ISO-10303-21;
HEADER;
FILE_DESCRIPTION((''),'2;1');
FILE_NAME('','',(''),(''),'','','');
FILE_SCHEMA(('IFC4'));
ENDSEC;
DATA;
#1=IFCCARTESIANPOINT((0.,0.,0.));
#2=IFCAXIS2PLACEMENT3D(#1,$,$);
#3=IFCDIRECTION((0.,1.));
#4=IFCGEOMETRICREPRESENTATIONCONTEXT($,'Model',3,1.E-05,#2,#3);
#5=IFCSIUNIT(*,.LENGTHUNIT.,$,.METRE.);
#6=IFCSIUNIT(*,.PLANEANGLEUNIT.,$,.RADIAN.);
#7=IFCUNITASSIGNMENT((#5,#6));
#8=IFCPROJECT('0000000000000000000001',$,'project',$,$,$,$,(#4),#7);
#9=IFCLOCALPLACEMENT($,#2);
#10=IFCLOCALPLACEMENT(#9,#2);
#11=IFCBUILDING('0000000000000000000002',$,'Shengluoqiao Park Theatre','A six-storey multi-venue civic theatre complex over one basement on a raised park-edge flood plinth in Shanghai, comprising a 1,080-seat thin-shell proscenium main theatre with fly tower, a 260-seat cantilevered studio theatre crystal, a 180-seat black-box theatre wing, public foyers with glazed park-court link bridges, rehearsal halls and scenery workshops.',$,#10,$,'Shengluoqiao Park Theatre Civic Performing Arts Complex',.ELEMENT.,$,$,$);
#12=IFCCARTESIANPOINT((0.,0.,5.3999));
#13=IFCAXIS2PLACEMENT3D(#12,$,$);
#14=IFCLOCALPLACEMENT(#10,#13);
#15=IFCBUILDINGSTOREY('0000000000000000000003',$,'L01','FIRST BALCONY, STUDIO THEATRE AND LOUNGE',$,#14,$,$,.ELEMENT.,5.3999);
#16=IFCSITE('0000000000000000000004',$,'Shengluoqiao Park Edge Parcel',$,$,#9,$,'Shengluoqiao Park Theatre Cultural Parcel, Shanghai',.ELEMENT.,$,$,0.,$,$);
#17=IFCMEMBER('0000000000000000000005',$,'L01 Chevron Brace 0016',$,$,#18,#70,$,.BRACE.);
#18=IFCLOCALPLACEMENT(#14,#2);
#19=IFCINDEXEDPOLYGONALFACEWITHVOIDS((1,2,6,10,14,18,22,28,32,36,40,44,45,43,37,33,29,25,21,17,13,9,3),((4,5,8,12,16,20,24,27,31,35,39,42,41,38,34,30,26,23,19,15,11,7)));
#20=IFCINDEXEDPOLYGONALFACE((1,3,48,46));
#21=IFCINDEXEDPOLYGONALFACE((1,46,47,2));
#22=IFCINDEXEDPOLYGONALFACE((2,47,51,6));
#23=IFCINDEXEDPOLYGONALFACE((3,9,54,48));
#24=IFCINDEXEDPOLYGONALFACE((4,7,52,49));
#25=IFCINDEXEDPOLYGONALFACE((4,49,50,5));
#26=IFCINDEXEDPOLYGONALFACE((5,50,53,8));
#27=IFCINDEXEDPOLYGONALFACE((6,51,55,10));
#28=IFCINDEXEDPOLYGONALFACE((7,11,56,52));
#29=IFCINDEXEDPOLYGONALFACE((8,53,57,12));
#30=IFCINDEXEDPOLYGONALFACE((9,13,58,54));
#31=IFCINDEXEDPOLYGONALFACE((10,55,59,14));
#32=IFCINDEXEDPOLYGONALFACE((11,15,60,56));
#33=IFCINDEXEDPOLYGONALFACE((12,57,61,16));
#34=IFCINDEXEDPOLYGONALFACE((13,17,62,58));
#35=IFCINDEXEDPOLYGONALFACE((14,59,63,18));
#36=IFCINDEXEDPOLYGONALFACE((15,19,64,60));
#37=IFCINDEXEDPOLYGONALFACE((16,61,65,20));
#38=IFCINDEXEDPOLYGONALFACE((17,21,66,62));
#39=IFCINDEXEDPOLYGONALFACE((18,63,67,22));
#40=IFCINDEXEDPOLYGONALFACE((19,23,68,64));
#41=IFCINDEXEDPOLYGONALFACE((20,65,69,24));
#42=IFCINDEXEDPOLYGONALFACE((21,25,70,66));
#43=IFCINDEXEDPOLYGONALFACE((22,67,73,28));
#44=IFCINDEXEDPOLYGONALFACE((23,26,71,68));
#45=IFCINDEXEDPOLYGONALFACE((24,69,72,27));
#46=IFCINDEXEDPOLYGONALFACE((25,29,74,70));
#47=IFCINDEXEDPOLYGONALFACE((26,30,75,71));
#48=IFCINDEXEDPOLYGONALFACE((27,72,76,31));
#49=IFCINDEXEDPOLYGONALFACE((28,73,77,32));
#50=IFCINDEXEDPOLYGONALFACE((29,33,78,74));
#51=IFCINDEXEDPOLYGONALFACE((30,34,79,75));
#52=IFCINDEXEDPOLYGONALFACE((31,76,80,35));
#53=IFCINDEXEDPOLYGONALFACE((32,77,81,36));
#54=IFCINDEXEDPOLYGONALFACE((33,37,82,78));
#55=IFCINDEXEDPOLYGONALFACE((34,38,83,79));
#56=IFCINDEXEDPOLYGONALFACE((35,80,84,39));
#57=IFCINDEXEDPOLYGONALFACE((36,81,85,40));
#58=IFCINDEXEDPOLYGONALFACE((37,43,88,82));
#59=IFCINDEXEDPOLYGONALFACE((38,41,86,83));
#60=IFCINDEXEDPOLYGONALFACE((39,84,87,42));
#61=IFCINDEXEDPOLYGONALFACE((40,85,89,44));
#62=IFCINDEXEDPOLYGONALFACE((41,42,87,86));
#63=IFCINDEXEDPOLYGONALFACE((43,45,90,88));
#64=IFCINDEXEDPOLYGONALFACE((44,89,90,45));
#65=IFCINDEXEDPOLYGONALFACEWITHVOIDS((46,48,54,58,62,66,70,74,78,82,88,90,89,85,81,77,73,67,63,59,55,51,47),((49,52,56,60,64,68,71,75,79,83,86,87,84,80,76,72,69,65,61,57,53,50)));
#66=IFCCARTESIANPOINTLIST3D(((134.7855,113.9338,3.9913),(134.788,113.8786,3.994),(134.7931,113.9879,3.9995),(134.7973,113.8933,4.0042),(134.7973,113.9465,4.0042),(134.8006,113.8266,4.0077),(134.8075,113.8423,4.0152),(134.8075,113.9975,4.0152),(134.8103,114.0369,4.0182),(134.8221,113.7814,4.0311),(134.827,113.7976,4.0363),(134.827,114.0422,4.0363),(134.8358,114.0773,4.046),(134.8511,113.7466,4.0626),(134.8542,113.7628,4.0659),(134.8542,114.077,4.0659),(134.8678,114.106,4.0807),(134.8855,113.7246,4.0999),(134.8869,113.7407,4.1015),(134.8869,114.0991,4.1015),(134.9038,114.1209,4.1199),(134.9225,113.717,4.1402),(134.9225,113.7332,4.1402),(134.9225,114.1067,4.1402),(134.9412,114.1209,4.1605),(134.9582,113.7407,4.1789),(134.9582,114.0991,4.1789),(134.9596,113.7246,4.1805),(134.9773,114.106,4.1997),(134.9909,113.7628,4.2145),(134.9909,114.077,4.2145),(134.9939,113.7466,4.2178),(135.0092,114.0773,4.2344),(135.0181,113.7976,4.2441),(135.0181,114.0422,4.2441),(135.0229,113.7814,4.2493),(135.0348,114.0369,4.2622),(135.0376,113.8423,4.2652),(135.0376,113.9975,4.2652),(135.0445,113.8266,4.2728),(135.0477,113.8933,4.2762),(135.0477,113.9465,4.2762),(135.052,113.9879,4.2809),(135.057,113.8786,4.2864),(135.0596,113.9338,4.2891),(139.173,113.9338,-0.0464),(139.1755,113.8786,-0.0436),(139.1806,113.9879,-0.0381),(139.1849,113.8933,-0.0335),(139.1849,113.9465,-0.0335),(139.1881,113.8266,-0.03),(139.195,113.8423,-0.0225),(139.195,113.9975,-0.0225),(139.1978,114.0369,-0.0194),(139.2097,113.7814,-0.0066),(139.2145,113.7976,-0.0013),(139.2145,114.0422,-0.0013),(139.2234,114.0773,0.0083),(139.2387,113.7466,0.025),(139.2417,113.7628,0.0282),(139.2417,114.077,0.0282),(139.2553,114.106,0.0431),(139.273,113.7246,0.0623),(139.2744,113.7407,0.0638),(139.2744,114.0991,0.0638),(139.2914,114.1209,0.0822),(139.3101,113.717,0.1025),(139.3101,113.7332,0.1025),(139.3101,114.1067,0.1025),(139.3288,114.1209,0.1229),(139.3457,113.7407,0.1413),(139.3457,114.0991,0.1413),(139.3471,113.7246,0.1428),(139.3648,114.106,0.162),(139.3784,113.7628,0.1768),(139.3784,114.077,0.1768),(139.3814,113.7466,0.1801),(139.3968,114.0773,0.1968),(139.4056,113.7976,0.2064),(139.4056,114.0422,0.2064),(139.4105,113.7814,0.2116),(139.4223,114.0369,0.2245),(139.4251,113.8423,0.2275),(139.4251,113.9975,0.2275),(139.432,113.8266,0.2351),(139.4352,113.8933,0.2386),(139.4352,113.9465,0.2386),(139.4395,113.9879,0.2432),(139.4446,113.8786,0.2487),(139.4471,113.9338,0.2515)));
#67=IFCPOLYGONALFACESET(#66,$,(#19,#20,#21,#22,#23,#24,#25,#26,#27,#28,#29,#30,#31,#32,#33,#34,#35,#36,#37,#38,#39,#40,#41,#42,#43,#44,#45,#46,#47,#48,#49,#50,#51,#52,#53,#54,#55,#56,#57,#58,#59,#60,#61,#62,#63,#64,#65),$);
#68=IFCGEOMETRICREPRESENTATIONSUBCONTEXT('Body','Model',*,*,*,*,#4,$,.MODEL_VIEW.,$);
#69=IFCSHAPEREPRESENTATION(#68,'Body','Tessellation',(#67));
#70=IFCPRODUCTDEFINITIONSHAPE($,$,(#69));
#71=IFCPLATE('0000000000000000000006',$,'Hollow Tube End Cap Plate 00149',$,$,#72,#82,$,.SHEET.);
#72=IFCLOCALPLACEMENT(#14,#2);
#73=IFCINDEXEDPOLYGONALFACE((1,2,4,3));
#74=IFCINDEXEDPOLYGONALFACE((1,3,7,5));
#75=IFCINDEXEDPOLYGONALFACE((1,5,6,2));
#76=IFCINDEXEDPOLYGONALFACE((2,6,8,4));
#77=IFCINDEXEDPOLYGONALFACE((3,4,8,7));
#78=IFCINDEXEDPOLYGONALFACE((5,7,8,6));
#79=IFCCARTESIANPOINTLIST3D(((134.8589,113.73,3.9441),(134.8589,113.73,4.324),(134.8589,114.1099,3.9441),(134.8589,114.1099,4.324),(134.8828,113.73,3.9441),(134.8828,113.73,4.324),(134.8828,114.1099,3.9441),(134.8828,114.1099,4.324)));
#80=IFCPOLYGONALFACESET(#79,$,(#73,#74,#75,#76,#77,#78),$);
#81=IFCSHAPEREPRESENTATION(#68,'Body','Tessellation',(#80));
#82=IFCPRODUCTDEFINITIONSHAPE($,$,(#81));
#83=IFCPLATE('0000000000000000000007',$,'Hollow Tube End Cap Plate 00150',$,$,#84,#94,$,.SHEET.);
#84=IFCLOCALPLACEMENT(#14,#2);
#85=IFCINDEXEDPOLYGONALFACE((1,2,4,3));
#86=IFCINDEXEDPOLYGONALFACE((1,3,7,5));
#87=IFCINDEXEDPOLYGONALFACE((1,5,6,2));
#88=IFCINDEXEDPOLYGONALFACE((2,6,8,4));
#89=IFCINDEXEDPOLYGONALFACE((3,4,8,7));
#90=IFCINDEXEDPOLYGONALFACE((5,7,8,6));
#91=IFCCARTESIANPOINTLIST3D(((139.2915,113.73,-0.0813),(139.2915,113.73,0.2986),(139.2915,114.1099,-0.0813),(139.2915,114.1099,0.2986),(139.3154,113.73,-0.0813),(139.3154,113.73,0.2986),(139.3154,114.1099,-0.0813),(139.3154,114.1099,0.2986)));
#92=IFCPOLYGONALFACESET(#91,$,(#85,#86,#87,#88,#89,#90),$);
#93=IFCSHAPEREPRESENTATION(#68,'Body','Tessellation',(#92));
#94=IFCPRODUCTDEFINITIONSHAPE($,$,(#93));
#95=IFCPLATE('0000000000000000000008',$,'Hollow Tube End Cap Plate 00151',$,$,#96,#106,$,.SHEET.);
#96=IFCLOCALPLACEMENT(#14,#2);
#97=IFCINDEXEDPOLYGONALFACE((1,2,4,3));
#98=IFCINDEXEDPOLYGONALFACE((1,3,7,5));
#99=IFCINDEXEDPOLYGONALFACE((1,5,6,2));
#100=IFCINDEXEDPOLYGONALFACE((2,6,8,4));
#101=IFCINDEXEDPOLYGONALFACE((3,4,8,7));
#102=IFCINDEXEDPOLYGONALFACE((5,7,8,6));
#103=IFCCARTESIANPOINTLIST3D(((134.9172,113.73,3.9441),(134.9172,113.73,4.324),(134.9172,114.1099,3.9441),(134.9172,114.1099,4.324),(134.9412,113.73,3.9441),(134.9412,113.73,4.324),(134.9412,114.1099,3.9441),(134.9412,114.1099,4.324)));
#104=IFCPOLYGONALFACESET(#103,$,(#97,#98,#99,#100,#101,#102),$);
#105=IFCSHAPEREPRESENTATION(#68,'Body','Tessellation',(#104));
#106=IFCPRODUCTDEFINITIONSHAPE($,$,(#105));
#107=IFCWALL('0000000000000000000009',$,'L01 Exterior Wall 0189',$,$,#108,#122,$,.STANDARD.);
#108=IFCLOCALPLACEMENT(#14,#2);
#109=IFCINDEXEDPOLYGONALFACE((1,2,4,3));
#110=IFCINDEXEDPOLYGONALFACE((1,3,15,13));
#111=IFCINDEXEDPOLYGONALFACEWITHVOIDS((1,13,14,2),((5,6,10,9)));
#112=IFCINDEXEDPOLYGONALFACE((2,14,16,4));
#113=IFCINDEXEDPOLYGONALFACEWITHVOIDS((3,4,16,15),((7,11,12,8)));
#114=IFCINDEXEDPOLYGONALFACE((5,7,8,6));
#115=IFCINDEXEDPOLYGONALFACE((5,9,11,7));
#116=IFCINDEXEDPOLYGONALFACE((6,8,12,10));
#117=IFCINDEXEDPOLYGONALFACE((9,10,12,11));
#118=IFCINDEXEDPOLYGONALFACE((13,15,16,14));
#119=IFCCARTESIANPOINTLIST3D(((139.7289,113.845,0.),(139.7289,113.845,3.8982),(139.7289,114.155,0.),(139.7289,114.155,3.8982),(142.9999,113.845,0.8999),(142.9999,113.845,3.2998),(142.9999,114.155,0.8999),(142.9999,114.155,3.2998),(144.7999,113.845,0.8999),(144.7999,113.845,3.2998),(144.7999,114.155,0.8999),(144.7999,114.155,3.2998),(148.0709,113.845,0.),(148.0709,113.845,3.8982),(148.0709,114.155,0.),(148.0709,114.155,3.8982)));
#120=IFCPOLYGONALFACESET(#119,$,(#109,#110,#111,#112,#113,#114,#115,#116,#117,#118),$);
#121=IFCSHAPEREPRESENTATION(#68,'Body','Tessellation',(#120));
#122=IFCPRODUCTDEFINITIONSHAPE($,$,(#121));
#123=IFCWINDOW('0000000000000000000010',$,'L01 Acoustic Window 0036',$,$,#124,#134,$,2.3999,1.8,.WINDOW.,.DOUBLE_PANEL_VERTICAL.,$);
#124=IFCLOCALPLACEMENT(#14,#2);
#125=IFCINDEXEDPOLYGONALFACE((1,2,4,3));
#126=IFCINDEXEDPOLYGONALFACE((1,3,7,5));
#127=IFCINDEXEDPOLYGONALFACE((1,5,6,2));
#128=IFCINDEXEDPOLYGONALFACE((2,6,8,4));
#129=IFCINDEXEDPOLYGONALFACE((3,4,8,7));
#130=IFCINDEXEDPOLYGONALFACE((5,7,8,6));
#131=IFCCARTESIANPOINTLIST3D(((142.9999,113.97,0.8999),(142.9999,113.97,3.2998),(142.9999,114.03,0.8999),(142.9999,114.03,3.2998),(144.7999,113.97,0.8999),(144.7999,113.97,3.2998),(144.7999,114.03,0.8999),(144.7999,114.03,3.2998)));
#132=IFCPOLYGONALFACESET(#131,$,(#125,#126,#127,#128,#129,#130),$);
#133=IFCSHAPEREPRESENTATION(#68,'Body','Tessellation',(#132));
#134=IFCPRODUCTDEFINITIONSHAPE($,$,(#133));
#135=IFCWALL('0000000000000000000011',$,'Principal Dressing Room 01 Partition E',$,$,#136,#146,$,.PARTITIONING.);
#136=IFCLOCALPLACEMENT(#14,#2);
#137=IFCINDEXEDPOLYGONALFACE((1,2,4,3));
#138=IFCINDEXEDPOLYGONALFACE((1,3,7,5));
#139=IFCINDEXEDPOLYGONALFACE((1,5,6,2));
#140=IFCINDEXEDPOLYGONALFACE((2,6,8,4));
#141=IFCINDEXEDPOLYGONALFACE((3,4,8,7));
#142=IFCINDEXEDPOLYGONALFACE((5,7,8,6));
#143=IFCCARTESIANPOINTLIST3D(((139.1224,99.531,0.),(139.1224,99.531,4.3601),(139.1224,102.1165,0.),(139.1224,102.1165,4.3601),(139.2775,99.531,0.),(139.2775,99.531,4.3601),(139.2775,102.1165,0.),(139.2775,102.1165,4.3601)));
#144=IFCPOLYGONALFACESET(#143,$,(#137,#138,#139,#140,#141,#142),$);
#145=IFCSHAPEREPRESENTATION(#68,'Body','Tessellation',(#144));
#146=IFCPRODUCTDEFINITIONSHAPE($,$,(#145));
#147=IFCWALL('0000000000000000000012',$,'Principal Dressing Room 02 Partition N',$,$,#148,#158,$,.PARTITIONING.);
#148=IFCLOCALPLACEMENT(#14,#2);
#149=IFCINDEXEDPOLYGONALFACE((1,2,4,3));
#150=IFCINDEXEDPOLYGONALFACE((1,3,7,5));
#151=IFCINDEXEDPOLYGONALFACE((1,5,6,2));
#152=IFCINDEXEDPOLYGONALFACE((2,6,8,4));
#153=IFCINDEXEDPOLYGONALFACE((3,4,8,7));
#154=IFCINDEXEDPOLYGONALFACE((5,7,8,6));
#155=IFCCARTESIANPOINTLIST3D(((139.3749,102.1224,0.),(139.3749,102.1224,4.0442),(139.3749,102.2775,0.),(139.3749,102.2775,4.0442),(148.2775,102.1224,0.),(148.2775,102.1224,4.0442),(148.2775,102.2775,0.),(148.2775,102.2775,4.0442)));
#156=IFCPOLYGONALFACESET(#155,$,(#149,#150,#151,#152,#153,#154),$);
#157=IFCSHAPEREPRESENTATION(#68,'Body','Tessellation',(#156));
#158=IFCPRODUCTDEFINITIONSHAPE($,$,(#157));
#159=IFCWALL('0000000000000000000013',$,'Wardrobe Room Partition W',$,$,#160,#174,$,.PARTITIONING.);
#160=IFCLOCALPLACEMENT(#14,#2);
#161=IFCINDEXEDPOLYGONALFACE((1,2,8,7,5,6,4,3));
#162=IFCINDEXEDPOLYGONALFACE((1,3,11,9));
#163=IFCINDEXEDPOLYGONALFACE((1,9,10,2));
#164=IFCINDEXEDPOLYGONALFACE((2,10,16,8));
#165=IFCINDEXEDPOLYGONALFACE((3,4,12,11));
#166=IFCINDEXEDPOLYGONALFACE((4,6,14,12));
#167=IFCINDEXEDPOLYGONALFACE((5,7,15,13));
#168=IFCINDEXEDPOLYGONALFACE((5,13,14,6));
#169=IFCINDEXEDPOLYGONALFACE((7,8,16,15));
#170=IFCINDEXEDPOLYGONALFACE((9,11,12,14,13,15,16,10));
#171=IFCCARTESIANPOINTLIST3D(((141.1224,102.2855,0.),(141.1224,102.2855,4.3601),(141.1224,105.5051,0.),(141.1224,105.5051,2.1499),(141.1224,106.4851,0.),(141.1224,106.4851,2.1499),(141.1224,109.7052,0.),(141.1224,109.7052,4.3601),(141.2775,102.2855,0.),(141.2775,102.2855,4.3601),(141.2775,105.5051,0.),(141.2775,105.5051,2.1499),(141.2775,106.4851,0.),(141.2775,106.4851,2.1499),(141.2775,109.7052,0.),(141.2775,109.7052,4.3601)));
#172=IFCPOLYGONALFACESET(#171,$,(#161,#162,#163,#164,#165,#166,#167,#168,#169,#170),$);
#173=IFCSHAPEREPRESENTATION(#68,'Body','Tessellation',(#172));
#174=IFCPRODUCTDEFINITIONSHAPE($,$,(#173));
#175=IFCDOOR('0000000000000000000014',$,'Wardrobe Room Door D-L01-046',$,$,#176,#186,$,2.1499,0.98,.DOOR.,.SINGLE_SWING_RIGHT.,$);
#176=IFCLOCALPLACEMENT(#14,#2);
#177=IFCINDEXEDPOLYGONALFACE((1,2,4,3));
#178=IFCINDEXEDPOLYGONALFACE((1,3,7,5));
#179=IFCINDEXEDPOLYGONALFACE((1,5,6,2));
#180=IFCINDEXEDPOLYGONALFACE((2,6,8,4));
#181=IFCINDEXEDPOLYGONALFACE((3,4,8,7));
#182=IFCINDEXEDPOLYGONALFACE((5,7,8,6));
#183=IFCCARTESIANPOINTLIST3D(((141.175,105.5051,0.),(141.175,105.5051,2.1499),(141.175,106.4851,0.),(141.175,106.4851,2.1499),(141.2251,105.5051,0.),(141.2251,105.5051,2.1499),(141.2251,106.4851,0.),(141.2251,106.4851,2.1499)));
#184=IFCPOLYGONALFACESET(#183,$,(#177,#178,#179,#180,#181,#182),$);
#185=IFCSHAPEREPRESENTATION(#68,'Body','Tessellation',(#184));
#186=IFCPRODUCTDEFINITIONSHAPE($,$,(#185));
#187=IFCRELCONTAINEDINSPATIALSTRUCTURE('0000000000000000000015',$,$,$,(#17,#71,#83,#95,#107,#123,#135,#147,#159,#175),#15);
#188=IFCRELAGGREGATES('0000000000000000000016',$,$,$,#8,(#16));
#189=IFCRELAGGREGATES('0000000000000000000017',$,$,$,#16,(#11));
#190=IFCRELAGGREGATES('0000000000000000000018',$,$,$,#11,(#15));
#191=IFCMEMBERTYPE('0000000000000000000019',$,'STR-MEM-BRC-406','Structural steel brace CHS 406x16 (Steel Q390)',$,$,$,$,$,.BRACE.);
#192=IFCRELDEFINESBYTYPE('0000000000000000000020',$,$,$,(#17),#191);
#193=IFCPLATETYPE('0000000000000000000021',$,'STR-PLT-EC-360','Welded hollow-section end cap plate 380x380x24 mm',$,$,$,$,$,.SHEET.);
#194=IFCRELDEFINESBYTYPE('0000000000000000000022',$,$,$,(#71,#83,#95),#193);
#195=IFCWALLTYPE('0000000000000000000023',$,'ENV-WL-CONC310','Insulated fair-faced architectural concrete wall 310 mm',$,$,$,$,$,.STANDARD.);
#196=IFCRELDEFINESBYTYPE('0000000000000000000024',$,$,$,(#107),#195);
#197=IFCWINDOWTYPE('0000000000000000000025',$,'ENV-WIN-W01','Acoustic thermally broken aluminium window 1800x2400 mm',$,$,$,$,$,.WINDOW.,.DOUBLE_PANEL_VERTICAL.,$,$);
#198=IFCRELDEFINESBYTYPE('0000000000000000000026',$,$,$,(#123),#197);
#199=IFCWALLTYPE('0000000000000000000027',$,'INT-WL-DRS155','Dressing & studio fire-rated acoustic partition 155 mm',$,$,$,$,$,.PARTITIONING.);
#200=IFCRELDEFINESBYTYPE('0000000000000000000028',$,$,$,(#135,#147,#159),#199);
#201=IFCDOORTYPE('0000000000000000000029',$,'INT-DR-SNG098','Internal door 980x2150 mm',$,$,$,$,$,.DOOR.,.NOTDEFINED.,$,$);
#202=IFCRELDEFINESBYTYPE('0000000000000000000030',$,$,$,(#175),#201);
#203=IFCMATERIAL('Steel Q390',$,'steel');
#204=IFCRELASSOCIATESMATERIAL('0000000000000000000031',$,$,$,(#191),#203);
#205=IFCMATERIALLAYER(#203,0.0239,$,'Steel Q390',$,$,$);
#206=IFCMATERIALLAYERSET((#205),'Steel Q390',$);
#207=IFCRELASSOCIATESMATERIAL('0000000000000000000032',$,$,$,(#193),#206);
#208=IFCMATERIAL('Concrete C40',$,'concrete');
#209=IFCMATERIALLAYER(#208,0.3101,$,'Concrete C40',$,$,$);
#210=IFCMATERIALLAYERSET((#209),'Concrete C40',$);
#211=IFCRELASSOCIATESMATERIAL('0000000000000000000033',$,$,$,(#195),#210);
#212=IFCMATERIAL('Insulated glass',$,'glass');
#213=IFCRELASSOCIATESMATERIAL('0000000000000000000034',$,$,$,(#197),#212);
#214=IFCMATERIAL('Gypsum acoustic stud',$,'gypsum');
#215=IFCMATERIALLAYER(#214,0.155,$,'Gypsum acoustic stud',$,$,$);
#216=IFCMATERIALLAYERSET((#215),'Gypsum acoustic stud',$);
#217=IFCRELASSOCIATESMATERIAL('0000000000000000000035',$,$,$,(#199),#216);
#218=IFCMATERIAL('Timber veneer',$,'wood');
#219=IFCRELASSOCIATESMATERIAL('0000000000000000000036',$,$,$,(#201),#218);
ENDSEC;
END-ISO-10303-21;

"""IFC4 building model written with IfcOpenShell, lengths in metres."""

from ifc_helpers import new_model, si_unit, direction, frame, frame_2d, origin, origin_2d, place, context, subcontext, project, spatial, rectangle, hollow_circle, extrude, material, layer, layer_set, material_profile, profile_set, type_object, element, fill, save


model = new_model("IFC4")

# Units and contexts
model_context = context("Model", 3, precision=1e-05, world=origin(), true_north=direction((0.0, 1.0)))
body_context = subcontext(model_context, "Body", "Model", "MODEL_VIEW")
ifc_project = project(units=[si_unit("LENGTHUNIT", "METRE"), si_unit("PLANEANGLEUNIT", "RADIAN")], contexts=[model_context])

# Site, building, storey
site_placement = place(None, origin())
site = spatial("IfcSite", under=ifc_project, at=site_placement, Name="Shengluoqiao Park Edge Parcel", LongName="Shengluoqiao Park Theatre Cultural Parcel, Shanghai", CompositionType="ELEMENT", RefElevation=0.0)
building_placement = place(site_placement, origin())
building = spatial("IfcBuilding", under=site, at=building_placement, Name="Shengluoqiao Park Theatre", Description="A six-storey multi-venue civic theatre complex over one basement on a raised park-edge flood plinth in Shanghai, comprising a 1,080-seat thin-shell proscenium main theatre with fly tower, a 260-seat cantilevered studio theatre crystal, a 180-seat black-box theatre wing, public foyers with glazed park-court link bridges, rehearsal halls and scenery workshops.", LongName="Shengluoqiao Park Theatre Civic Performing Arts Complex", CompositionType="ELEMENT")
storey_placement = place(building_placement, frame((0.0, 0.0, 5.3999)))
storey = spatial("IfcBuildingStorey", under=building, at=storey_placement, Name="L01", Description="FIRST BALCONY, STUDIO THEATRE AND LOUNGE", CompositionType="ELEMENT", Elevation=5.3999)

# Shared definitions
ifc_material_1 = material(Name="Concrete C40", Category="concrete")

# Member
ifc_material_2 = material(Name="Steel Q390", Category="steel")
ifc_material_profile_1 = material_profile(ifc_material_2, hollow_circle(Radius=0.2029, WallThickness=0.0161, at=origin_2d()), Name="CHS 406x16")
ifc_profile_set_1 = profile_set([ifc_material_profile_1], Name="Steel Q390")
member_type = type_object("IfcMemberType", Name="STR-MEM-BRC-406", Description="Structural steel brace CHS 406x16 (Steel Q390)", PredefinedType="BRACE", material=ifc_profile_set_1)
member_placement = place(storey_placement, frame((139.3101, 113.9199, 0.1025), z_axis=(-0.735836, 0.0, 0.67716), x_axis=(0.0, -1.0, 0.0)))
element("IfcMember", 1, at=member_placement, inside=storey, type_object=member_type, Name="L01 Chevron Brace 0016", PredefinedType="BRACE", context=body_context, shape_type="SweptSolid", body=[
    extrude(hollow_circle(Radius=0.2029, WallThickness=0.0161, at=origin_2d()), origin(), (0.0, 0.0, 1.0), 5.9626),
])

# Plates
ifc_layer_1 = layer(ifc_material_2, 0.0239, Name="Steel Q390")
ifc_layer_set_1 = layer_set([ifc_layer_1], Name="Steel Q390")
plate_type = type_object("IfcPlateType", Name="STR-PLT-EC-360", Description="Welded hollow-section end cap plate 380x380x24 mm", PredefinedType="SHEET", material=ifc_layer_set_1)
for number, where, z_axis, x_axis, name in (
    (2, (134.8708, 113.9199, 3.9441), (0.0, 0.0, 1.0), (1.0, 0.0, 0.0), "Hollow Tube End Cap Plate 00149"),
    (3, (139.3035, 113.9199, -0.0813), (0.0, 0.0, 1.0), (-1.0, 0.0, 0.0), "Hollow Tube End Cap Plate 00150"),
    (4, (134.9292, 113.9199, 3.9441), (0.0, 0.0, 1.0), (-1.0, 0.0, 0.0), "Hollow Tube End Cap Plate 00151"),
):
    element("IfcPlate", number, at=place(storey_placement, frame(where, z_axis=z_axis, x_axis=x_axis)), inside=storey, type_object=plate_type, Name=name, PredefinedType="SHEET", context=body_context, shape_type="SweptSolid", body=[
        extrude(rectangle(XDim=0.0239, YDim=0.3799, at=origin_2d()), origin(), (0.0, 0.0, 1.0), 0.3799),
    ])

# Wall, opening, window
ifc_layer_2 = layer(ifc_material_1, 0.3101, Name="Concrete C40")
ifc_layer_set_2 = layer_set([ifc_layer_2], Name="Concrete C40")
wall_type_1 = type_object("IfcWallType", Name="ENV-WL-CONC310", Description="Insulated fair-faced architectural concrete wall 310 mm", PredefinedType="STANDARD", material=ifc_layer_set_2)
wall_1_placement = place(storey_placement, frame((139.729, 114.0, 0.0), z_axis=(0.0, 0.0, 1.0), x_axis=(1.0, 0.0, 0.0)))
wall_1 = element("IfcWall", 5, at=wall_1_placement, inside=storey, type_object=wall_type_1, Name="L01 Exterior Wall 0189", PredefinedType="STANDARD", context=body_context, shape_type="SweptSolid", body=[
    extrude(rectangle(XDim=8.342, YDim=0.3101, at=frame_2d((4.1709, 0.0))), origin(), (0.0, 0.0, 1.0), 3.8982),
])
opening_1_placement = place(wall_1_placement, frame((3.271, 0.0, 0.8999)))
opening_1 = element("IfcOpeningElement", 6, at=opening_1_placement, cuts=wall_1, PredefinedType="OPENING", context=body_context, shape_type="SweptSolid", body=[
    extrude(rectangle(XDim=1.8, YDim=2.3999, at=frame_2d((0.8999, 1.2))), frame((0.0, 0.165, 0.0), z_axis=(0.0, -1.0, 0.0), x_axis=(1.0, 0.0, 0.0)), (0.0, 0.0, 1.0), 0.3301),
])
ifc_material_3 = material(Name="Insulated glass", Category="glass")
window_type = type_object("IfcWindowType", Name="ENV-WIN-W01", Description="Acoustic thermally broken aluminium window 1800x2400 mm", PartitioningType="DOUBLE_PANEL_VERTICAL", PredefinedType="WINDOW", material=ifc_material_3)
window_placement = place(opening_1_placement, origin())
window = element("IfcWindow", 7, at=window_placement, inside=storey, type_object=window_type, Name="L01 Acoustic Window 0036", OverallHeight=2.3999, OverallWidth=1.8, PartitioningType="DOUBLE_PANEL_VERTICAL", PredefinedType="WINDOW", context=body_context, shape_type="SweptSolid", body=[
    extrude(rectangle(XDim=1.8, YDim=2.3999, at=frame_2d((0.8999, 1.2))), frame((0.0, 0.03, 0.0), z_axis=(0.0, -1.0, 0.0), x_axis=(1.0, 0.0, 0.0)), (0.0, 0.0, 1.0), 0.0601),
])
fill(opening_1, window)

# Walls
ifc_material_4 = material(Name="Gypsum acoustic stud", Category="gypsum")
ifc_layer_3 = layer(ifc_material_4, 0.155, Name="Gypsum acoustic stud")
ifc_layer_set_3 = layer_set([ifc_layer_3], Name="Gypsum acoustic stud")
wall_type_2 = type_object("IfcWallType", Name="INT-WL-DRS155", Description="Dressing & studio fire-rated acoustic partition 155 mm", PredefinedType="PARTITIONING", material=ifc_layer_set_3)
wall_2_placement = place(storey_placement, frame((139.2, 99.531, 0.0), z_axis=(0.0, 0.0, 1.0), x_axis=(0.0, 1.0, 0.0)))
element("IfcWall", 8, at=wall_2_placement, inside=storey, type_object=wall_type_2, Name="Principal Dressing Room 01 Partition E", PredefinedType="PARTITIONING", context=body_context, shape_type="SweptSolid", body=[
    extrude(rectangle(XDim=2.5854, YDim=0.155, at=frame_2d((1.2927, 0.0))), origin(), (0.0, 0.0, 1.0), 4.3601),
])
wall_3_placement = place(storey_placement, frame((139.375, 102.2, 0.0), z_axis=(0.0, 0.0, 1.0), x_axis=(1.0, 0.0, 0.0)))
element("IfcWall", 9, at=wall_3_placement, inside=storey, type_object=wall_type_2, Name="Principal Dressing Room 02 Partition N", PredefinedType="PARTITIONING", context=body_context, shape_type="SweptSolid", body=[
    extrude(rectangle(XDim=8.9026, YDim=0.155, at=frame_2d((4.4512, 0.0))), origin(), (0.0, 0.0, 1.0), 4.0442),
])

# Wall, opening, door
wall_4_placement = place(storey_placement, frame((141.2, 102.2854, 0.0), z_axis=(0.0, 0.0, 1.0), x_axis=(0.0, 1.0, 0.0)))
wall_4 = element("IfcWall", 10, at=wall_4_placement, inside=storey, type_object=wall_type_2, Name="Wardrobe Room Partition W", PredefinedType="PARTITIONING", context=body_context, shape_type="SweptSolid", body=[
    extrude(rectangle(XDim=7.4197, YDim=0.155, at=frame_2d((3.71, 0.0))), origin(), (0.0, 0.0, 1.0), 4.3601),
])
opening_2_placement = place(wall_4_placement, frame((3.2197, 0.0, 0.0)))
opening_2 = element("IfcOpeningElement", 11, at=opening_2_placement, cuts=wall_4, PredefinedType="OPENING", context=body_context, shape_type="SweptSolid", body=[
    extrude(rectangle(XDim=0.98, YDim=2.1499, at=frame_2d((0.49, 1.075))), frame((0.0, 0.0874, 0.0), z_axis=(0.0, -1.0, 0.0), x_axis=(1.0, 0.0, 0.0)), (0.0, 0.0, 1.0), 0.175),
])
ifc_material_5 = material(Name="Timber veneer", Category="wood")
door_type_1 = type_object("IfcDoorType", Name="INT-DR-SNG098", Description="Internal door 980x2150 mm", OperationType="NOTDEFINED", PredefinedType="DOOR", material=ifc_material_5)
door_1_placement = place(opening_2_placement, origin())
door_1 = element("IfcDoor", 12, at=door_1_placement, inside=storey, type_object=door_type_1, Name="Wardrobe Room Door D-L01-046", OperationType="SINGLE_SWING_RIGHT", OverallHeight=2.1499, OverallWidth=0.98, PredefinedType="DOOR", context=body_context, shape_type="SweptSolid", body=[
    extrude(rectangle(XDim=0.98, YDim=2.1499, at=frame_2d((0.49, 1.075))), frame((0.0, 0.0249, 0.0), z_axis=(0.0, -1.0, 0.0), x_axis=(1.0, 0.0, 0.0)), (0.0, 0.0, 1.0), 0.05),
])
fill(opening_2, door_1)

save(model, "model.ifc")
